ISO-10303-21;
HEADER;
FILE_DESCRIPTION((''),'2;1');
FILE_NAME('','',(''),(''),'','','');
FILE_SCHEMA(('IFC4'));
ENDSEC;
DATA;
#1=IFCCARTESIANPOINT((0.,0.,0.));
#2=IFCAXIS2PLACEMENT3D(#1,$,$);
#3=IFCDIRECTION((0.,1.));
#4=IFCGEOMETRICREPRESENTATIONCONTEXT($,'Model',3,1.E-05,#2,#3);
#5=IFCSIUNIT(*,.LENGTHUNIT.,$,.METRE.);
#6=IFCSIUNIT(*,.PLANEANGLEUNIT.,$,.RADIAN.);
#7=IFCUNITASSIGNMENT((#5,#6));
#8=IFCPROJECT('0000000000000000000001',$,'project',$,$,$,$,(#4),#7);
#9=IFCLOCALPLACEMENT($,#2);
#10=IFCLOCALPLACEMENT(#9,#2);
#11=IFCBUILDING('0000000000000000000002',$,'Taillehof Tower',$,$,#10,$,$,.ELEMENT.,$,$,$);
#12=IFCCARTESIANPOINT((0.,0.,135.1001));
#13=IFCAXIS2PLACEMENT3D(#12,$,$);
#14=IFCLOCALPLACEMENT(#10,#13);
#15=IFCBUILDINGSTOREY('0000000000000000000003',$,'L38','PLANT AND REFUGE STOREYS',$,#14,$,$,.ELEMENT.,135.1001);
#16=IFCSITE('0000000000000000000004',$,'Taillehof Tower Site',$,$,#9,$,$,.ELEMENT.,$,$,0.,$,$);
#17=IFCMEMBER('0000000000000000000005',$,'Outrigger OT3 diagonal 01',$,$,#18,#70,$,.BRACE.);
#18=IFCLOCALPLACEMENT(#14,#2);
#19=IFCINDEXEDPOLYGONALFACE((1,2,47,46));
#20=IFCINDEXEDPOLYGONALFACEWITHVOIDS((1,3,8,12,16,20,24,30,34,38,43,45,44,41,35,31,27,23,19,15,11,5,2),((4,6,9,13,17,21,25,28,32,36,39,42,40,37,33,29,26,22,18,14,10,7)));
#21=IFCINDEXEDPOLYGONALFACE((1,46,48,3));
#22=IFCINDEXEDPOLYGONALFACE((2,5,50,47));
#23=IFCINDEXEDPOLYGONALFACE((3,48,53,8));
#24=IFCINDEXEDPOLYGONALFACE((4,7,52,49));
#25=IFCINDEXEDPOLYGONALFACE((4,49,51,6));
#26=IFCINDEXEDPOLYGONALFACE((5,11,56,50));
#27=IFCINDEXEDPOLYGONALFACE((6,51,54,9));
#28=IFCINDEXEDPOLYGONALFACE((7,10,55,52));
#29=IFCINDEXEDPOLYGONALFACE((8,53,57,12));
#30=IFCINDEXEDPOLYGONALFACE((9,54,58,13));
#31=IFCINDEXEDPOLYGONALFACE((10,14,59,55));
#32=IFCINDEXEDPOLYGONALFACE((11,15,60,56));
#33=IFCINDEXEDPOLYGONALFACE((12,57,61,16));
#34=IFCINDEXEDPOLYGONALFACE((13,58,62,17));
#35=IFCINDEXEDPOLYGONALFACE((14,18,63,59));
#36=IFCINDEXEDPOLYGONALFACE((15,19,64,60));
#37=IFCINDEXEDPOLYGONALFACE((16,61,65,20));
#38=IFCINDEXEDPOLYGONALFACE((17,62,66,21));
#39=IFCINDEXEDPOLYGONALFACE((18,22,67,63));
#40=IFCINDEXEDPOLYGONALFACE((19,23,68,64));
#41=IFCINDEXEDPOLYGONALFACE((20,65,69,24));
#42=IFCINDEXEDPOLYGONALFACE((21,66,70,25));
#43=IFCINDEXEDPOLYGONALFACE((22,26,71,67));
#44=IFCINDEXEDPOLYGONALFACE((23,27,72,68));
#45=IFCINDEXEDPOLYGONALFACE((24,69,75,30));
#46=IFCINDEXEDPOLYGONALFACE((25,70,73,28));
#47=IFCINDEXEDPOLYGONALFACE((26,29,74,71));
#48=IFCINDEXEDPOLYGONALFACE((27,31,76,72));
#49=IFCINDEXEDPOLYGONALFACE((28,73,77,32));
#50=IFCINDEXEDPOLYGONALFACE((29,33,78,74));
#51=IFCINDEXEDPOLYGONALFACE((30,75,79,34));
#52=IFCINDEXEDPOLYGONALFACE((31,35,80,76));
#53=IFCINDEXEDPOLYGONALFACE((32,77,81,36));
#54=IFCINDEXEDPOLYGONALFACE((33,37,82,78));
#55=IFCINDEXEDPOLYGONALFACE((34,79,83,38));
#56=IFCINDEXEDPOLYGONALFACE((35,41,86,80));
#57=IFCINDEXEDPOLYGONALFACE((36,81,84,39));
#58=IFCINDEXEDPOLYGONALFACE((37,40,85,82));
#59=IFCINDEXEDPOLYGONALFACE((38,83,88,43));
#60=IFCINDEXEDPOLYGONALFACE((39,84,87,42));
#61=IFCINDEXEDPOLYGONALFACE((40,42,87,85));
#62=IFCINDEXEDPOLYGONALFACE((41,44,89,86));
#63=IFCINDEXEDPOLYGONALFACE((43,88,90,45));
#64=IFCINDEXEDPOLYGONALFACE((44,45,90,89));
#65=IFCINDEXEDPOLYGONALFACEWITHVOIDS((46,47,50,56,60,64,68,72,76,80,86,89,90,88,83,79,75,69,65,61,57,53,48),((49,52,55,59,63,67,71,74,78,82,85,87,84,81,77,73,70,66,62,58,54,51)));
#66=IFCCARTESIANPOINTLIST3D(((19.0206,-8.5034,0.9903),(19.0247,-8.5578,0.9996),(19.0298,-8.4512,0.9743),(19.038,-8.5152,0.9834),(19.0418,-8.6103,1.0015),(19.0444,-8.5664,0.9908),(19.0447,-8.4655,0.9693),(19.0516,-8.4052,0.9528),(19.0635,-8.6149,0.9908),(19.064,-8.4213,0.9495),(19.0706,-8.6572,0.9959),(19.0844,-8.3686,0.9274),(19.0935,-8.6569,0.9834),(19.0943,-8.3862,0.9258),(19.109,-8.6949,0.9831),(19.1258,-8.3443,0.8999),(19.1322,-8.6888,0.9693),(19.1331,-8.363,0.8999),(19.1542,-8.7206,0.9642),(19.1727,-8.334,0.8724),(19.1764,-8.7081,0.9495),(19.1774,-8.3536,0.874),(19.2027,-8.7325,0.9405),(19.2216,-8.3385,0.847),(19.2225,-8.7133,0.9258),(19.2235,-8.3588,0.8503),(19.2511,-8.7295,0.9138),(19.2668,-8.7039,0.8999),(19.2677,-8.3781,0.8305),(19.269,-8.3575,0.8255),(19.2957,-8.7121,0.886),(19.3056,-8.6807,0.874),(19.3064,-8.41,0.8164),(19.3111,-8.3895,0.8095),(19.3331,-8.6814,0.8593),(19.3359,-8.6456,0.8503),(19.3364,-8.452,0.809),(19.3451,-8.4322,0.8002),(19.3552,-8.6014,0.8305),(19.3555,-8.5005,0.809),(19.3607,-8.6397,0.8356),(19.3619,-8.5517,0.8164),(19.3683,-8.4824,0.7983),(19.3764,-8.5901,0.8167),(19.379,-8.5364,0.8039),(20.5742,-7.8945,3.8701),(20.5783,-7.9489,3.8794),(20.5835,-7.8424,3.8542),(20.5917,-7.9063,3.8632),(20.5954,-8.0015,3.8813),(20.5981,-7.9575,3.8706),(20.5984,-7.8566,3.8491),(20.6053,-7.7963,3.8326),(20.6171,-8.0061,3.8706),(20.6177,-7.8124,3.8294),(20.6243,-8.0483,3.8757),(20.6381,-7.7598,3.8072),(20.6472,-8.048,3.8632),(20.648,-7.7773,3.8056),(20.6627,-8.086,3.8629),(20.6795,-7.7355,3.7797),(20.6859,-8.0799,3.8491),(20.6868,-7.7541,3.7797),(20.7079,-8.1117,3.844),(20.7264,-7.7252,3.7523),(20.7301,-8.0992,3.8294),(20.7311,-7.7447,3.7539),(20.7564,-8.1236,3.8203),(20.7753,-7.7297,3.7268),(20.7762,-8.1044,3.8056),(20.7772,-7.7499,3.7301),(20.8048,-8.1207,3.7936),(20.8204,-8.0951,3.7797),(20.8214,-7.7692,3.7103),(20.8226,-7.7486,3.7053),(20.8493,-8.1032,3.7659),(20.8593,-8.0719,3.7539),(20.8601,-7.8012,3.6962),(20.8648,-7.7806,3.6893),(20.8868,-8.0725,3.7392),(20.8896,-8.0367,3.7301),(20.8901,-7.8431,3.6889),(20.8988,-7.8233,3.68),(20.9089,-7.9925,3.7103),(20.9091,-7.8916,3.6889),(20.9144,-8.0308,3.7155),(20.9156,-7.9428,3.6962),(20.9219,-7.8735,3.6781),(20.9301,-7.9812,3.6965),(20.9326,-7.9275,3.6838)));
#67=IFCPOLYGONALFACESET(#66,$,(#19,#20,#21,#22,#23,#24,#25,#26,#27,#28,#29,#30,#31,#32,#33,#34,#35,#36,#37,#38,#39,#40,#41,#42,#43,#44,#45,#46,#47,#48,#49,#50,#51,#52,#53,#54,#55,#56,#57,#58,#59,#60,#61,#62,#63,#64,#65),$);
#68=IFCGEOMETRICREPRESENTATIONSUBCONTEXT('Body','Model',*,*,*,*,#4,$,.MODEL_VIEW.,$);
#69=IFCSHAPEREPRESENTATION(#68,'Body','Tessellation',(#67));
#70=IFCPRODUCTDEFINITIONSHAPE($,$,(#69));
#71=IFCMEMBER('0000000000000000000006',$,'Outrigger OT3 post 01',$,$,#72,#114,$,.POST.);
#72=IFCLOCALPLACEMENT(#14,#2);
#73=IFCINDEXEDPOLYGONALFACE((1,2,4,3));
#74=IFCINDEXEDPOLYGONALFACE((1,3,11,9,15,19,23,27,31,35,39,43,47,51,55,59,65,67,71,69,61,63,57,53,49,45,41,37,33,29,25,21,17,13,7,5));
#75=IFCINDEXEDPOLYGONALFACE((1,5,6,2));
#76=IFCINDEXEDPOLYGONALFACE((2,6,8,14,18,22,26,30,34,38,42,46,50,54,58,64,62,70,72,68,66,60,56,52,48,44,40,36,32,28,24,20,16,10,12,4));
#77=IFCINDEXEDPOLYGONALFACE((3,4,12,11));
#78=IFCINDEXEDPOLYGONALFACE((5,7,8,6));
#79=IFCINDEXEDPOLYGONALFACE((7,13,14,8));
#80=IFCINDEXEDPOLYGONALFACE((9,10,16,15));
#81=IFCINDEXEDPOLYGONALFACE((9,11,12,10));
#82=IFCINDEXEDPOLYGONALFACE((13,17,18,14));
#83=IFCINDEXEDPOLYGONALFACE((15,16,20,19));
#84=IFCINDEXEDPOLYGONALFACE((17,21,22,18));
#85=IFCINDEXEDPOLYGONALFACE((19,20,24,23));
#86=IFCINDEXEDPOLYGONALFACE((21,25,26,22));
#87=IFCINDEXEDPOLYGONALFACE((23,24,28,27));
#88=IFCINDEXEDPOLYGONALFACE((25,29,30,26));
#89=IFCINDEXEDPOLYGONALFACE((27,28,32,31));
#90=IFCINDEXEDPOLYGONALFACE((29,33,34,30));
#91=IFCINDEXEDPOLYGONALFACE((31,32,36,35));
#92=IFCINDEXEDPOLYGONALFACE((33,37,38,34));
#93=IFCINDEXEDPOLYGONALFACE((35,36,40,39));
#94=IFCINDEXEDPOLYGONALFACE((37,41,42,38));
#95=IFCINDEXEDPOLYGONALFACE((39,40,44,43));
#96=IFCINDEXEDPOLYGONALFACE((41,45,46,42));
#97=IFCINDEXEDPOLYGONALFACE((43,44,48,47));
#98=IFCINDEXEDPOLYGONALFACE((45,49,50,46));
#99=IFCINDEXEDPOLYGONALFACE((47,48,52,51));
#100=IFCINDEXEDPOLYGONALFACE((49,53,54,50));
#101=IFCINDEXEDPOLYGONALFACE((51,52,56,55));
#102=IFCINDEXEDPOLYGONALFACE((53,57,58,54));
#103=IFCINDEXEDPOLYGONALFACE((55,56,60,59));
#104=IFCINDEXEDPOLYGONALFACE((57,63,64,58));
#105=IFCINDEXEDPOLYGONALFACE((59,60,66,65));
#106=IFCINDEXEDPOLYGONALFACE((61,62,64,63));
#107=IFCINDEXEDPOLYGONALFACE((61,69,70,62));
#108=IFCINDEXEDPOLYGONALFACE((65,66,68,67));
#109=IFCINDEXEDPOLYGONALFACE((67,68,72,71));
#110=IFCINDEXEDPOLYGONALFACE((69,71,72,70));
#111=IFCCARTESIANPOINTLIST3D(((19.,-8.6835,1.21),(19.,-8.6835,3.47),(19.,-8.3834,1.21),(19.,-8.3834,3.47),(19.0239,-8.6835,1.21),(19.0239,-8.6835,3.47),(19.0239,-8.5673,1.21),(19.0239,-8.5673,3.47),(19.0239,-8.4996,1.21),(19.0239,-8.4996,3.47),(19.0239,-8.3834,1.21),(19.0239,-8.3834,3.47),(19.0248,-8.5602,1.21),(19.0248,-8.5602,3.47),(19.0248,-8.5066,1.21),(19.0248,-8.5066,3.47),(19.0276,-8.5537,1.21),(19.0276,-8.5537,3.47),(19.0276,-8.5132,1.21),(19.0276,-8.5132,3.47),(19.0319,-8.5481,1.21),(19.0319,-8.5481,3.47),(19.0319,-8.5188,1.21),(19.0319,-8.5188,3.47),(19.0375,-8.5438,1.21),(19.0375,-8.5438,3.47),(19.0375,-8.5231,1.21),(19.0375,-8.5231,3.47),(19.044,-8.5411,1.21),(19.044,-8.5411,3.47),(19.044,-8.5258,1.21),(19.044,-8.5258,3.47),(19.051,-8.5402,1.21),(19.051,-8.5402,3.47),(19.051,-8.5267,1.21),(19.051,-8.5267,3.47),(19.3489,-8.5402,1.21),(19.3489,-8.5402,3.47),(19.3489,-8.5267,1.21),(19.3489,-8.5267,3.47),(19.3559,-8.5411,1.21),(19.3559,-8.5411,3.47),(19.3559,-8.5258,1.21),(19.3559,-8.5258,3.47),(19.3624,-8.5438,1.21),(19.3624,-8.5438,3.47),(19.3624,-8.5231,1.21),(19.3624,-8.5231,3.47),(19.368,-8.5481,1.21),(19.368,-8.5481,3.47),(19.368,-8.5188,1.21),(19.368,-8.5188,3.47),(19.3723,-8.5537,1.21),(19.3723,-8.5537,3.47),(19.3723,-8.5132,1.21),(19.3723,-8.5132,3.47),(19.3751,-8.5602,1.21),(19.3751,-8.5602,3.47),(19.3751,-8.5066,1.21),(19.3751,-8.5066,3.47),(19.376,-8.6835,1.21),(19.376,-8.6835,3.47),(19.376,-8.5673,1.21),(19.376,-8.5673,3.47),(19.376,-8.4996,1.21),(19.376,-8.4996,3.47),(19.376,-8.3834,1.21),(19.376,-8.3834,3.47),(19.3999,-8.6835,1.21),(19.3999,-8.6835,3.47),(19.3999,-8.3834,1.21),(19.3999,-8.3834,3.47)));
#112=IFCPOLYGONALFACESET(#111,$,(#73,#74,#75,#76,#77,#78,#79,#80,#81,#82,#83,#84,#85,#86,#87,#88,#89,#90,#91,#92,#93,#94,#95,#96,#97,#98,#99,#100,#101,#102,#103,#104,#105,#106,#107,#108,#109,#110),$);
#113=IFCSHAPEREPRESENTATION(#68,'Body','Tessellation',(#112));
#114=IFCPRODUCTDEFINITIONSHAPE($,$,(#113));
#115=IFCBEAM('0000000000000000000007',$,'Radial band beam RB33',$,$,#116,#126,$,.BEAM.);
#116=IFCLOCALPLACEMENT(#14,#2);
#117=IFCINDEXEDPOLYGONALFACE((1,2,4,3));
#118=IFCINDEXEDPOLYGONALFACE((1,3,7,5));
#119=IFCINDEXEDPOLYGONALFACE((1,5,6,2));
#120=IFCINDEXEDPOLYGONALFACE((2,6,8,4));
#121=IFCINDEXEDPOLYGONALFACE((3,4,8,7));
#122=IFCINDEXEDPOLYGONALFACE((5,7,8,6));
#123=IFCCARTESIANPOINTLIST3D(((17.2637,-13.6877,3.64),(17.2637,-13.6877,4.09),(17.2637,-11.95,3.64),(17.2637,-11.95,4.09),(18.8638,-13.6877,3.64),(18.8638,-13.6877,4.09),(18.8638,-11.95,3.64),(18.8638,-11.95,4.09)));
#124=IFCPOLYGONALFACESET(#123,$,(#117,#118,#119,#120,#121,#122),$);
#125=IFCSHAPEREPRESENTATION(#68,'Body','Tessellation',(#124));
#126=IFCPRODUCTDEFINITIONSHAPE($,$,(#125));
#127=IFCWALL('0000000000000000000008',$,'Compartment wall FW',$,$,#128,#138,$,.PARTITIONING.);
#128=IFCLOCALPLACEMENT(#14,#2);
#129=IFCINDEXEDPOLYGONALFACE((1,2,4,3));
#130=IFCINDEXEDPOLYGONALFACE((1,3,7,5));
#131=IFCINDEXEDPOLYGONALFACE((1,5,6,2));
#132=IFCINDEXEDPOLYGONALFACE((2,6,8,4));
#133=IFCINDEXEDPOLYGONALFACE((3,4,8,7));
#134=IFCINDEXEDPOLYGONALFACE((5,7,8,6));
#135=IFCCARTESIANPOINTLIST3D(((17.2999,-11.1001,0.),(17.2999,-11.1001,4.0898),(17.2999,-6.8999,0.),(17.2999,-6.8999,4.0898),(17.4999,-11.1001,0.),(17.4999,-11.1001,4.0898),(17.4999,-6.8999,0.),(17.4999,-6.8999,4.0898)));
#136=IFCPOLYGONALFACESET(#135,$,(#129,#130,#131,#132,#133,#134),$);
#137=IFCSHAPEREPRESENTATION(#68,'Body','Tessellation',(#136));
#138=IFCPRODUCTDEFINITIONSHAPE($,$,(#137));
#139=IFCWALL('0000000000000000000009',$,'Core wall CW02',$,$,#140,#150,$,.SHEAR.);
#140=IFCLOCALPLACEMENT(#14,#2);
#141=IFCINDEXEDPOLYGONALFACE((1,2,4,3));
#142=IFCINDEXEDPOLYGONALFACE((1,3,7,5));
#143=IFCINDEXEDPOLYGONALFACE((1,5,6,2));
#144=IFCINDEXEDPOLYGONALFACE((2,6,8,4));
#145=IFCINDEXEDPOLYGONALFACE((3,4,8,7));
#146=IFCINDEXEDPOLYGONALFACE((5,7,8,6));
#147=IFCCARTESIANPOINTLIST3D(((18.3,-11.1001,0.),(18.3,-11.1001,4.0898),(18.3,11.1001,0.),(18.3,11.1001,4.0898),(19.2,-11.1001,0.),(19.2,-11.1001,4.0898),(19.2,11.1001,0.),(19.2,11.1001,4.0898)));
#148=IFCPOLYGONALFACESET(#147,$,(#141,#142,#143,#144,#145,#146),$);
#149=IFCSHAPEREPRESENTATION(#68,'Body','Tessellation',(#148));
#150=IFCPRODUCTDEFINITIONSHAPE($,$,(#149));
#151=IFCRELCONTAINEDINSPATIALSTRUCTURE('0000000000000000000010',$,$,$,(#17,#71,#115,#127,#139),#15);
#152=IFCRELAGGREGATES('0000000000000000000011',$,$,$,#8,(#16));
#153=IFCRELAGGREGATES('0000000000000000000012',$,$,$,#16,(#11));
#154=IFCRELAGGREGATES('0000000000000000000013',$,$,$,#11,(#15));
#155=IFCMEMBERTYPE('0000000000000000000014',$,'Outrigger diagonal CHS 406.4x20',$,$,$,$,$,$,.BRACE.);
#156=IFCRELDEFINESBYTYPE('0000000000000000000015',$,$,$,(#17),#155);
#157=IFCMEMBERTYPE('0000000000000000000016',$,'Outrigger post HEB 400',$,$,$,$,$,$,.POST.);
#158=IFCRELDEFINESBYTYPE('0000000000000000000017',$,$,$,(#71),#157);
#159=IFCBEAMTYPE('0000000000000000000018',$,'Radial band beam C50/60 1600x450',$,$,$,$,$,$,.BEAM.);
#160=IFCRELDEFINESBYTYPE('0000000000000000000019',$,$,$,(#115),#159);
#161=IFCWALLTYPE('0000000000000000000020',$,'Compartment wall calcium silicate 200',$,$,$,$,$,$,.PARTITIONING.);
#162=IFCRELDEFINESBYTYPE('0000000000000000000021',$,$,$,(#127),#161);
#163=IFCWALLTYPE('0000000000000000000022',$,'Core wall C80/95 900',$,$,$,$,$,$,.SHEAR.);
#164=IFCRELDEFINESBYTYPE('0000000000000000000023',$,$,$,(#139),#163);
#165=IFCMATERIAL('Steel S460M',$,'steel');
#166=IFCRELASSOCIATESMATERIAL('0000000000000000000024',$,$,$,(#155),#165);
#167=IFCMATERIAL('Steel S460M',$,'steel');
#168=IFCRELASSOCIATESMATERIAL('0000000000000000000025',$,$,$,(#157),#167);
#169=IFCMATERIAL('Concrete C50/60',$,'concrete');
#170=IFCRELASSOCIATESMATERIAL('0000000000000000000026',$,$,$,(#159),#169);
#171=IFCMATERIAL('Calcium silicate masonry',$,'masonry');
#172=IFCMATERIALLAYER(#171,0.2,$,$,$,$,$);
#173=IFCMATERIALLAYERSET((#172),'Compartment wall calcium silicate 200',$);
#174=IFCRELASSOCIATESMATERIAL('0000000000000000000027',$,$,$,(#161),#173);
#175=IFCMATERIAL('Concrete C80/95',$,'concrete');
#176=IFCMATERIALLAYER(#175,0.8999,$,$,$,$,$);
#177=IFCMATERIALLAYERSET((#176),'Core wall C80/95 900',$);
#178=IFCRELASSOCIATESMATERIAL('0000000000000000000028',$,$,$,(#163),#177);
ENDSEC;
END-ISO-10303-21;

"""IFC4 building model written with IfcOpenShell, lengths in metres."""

from ifc_helpers import new_model, si_unit, direction, frame, frame_2d, origin, origin_2d, place, context, subcontext, project, spatial, rectangle, hollow_circle, i_section, extrude, material, layer, layer_set, material_profile, profile_set, type_object, element, save


model = new_model("IFC4")

# Units and contexts
model_context = context("Model", 3, precision=1e-05, world=origin(), true_north=direction((0.0, 1.0)))
body_context = subcontext(model_context, "Body", "Model", "MODEL_VIEW")
ifc_project = project(units=[si_unit("LENGTHUNIT", "METRE"), si_unit("PLANEANGLEUNIT", "RADIAN")], contexts=[model_context])

# Site, building, storey
site_placement = place(None, origin())
site = spatial("IfcSite", under=ifc_project, at=site_placement, Name="Taillehof Tower Site", CompositionType="ELEMENT", RefElevation=0.0)
building_placement = place(site_placement, origin())
building = spatial("IfcBuilding", under=site, at=building_placement, Name="Taillehof Tower", CompositionType="ELEMENT")
storey_placement = place(building_placement, frame((0.0, 0.0, 135.1001)))
storey = spatial("IfcBuildingStorey", under=building, at=storey_placement, Name="L38", Description="PLANT AND REFUGE STOREYS", CompositionType="ELEMENT", Elevation=135.1001)

# Members
ifc_material_1 = material(Name="Steel S460M", Category="steel")
ifc_material_profile_1 = material_profile(ifc_material_1, hollow_circle(Radius=0.2031, WallThickness=0.02, at=origin_2d()), Name="CHS 406.4x20")
ifc_profile_set_1 = profile_set([ifc_material_profile_1], Name="Steel S460M")
member_type_1 = type_object("IfcMemberType", Name="Outrigger diagonal CHS 406.4x20", PredefinedType="BRACE", material=ifc_profile_set_1)
member_1_placement = place(storey_placement, frame((19.2, -8.5334, 0.8999), z_axis=(0.466799, 0.182935, 0.865236), x_axis=(-0.364874, 0.931057, 0.0)))
element("IfcMember", 1, at=member_1_placement, inside=storey, type_object=member_type_1, Name="Outrigger OT3 diagonal 01", PredefinedType="BRACE", context=body_context, shape_type="SweptSolid", body=[
    extrude(hollow_circle(Radius=0.2031, WallThickness=0.02, at=origin_2d()), origin(), (0.0, 0.0, 1.0), 3.3284),
])
ifc_material_2 = material(Name="Steel S460M", Category="steel")
ifc_material_profile_2 = material_profile(ifc_material_2, i_section(OverallWidth=0.3, OverallDepth=0.3999, WebThickness=0.0134, FlangeThickness=0.0239, FilletRadius=0.0271, at=origin_2d()), Name="HEB 400")
ifc_profile_set_2 = profile_set([ifc_material_profile_2], Name="Steel S460M")
member_type_2 = type_object("IfcMemberType", Name="Outrigger post HEB 400", PredefinedType="POST", material=ifc_profile_set_2)
member_2_placement = place(storey_placement, frame((19.2, -8.5334, 1.21), z_axis=(0.0, 0.0, 1.0), x_axis=(0.0, -1.0, 0.0)))
element("IfcMember", 2, at=member_2_placement, inside=storey, type_object=member_type_2, Name="Outrigger OT3 post 01", PredefinedType="POST", context=body_context, shape_type="SweptSolid", body=[
    extrude(i_section(OverallWidth=0.3, OverallDepth=0.3999, WebThickness=0.0134, FlangeThickness=0.0239, FilletRadius=0.0271, at=origin_2d()), origin(), (0.0, 0.0, 1.0), 2.26),
])

# Beam
ifc_material_3 = material(Name="Concrete C50/60", Category="concrete")
ifc_material_profile_3 = material_profile(ifc_material_3, rectangle(XDim=1.6001, YDim=0.45, at=origin_2d()), Name="RC 1600x450")
ifc_profile_set_3 = profile_set([ifc_material_profile_3], Name="Concrete C50/60")
beam_type = type_object("IfcBeamType", Name="Radial band beam C50/60 1600x450", PredefinedType="BEAM", material=ifc_profile_set_3)
beam_placement = place(storey_placement, frame((18.0637, -13.6877, 3.865), z_axis=(0.0, 1.0, 0.0), x_axis=(-1.0, 0.0, 0.0)))
element("IfcBeam", 3, at=beam_placement, inside=storey, type_object=beam_type, Name="Radial band beam RB33", PredefinedType="BEAM", context=body_context, shape_type="SweptSolid", body=[
    extrude(rectangle(XDim=1.6001, YDim=0.45, at=origin_2d()), origin(), (0.0, 0.0, 1.0), 1.7378),
])

# Walls
ifc_material_4 = material(Name="Calcium silicate masonry", Category="masonry")
ifc_layer_1 = layer(ifc_material_4, 0.2)
ifc_layer_set_1 = layer_set([ifc_layer_1], Name="Compartment wall calcium silicate 200")
wall_type_1 = type_object("IfcWallType", Name="Compartment wall calcium silicate 200", PredefinedType="PARTITIONING", material=ifc_layer_set_1)
wall_1_placement = place(storey_placement, frame((17.3999, -11.1001, 0.0), z_axis=(0.0, 0.0, 1.0), x_axis=(0.0, 1.0, 0.0)))
element("IfcWall", 4, at=wall_1_placement, inside=storey, type_object=wall_type_1, Name="Compartment wall FW", PredefinedType="PARTITIONING", context=body_context, shape_type="SweptSolid", body=[
    extrude(rectangle(XDim=4.2002, YDim=0.2, at=frame_2d((2.1001, 0.0))), origin(), (0.0, 0.0, 1.0), 4.0898),
])
ifc_material_5 = material(Name="Concrete C80/95", Category="concrete")
ifc_layer_2 = layer(ifc_material_5, 0.8999)
ifc_layer_set_2 = layer_set([ifc_layer_2], Name="Core wall C80/95 900")
wall_type_2 = type_object("IfcWallType", Name="Core wall C80/95 900", PredefinedType="SHEAR", material=ifc_layer_set_2)
wall_2_placement = place(storey_placement, frame((18.75, -11.1001, 0.0), z_axis=(0.0, 0.0, 1.0), x_axis=(0.0, 1.0, 0.0)))
element("IfcWall", 5, at=wall_2_placement, inside=storey, type_object=wall_type_2, Name="Core wall CW02", PredefinedType="SHEAR", context=body_context, shape_type="SweptSolid", body=[
    extrude(rectangle(XDim=22.2002, YDim=0.8999, at=frame_2d((11.1001, 0.0))), origin(), (0.0, 0.0, 1.0), 4.0898),
])

save(model, "model.ifc")
